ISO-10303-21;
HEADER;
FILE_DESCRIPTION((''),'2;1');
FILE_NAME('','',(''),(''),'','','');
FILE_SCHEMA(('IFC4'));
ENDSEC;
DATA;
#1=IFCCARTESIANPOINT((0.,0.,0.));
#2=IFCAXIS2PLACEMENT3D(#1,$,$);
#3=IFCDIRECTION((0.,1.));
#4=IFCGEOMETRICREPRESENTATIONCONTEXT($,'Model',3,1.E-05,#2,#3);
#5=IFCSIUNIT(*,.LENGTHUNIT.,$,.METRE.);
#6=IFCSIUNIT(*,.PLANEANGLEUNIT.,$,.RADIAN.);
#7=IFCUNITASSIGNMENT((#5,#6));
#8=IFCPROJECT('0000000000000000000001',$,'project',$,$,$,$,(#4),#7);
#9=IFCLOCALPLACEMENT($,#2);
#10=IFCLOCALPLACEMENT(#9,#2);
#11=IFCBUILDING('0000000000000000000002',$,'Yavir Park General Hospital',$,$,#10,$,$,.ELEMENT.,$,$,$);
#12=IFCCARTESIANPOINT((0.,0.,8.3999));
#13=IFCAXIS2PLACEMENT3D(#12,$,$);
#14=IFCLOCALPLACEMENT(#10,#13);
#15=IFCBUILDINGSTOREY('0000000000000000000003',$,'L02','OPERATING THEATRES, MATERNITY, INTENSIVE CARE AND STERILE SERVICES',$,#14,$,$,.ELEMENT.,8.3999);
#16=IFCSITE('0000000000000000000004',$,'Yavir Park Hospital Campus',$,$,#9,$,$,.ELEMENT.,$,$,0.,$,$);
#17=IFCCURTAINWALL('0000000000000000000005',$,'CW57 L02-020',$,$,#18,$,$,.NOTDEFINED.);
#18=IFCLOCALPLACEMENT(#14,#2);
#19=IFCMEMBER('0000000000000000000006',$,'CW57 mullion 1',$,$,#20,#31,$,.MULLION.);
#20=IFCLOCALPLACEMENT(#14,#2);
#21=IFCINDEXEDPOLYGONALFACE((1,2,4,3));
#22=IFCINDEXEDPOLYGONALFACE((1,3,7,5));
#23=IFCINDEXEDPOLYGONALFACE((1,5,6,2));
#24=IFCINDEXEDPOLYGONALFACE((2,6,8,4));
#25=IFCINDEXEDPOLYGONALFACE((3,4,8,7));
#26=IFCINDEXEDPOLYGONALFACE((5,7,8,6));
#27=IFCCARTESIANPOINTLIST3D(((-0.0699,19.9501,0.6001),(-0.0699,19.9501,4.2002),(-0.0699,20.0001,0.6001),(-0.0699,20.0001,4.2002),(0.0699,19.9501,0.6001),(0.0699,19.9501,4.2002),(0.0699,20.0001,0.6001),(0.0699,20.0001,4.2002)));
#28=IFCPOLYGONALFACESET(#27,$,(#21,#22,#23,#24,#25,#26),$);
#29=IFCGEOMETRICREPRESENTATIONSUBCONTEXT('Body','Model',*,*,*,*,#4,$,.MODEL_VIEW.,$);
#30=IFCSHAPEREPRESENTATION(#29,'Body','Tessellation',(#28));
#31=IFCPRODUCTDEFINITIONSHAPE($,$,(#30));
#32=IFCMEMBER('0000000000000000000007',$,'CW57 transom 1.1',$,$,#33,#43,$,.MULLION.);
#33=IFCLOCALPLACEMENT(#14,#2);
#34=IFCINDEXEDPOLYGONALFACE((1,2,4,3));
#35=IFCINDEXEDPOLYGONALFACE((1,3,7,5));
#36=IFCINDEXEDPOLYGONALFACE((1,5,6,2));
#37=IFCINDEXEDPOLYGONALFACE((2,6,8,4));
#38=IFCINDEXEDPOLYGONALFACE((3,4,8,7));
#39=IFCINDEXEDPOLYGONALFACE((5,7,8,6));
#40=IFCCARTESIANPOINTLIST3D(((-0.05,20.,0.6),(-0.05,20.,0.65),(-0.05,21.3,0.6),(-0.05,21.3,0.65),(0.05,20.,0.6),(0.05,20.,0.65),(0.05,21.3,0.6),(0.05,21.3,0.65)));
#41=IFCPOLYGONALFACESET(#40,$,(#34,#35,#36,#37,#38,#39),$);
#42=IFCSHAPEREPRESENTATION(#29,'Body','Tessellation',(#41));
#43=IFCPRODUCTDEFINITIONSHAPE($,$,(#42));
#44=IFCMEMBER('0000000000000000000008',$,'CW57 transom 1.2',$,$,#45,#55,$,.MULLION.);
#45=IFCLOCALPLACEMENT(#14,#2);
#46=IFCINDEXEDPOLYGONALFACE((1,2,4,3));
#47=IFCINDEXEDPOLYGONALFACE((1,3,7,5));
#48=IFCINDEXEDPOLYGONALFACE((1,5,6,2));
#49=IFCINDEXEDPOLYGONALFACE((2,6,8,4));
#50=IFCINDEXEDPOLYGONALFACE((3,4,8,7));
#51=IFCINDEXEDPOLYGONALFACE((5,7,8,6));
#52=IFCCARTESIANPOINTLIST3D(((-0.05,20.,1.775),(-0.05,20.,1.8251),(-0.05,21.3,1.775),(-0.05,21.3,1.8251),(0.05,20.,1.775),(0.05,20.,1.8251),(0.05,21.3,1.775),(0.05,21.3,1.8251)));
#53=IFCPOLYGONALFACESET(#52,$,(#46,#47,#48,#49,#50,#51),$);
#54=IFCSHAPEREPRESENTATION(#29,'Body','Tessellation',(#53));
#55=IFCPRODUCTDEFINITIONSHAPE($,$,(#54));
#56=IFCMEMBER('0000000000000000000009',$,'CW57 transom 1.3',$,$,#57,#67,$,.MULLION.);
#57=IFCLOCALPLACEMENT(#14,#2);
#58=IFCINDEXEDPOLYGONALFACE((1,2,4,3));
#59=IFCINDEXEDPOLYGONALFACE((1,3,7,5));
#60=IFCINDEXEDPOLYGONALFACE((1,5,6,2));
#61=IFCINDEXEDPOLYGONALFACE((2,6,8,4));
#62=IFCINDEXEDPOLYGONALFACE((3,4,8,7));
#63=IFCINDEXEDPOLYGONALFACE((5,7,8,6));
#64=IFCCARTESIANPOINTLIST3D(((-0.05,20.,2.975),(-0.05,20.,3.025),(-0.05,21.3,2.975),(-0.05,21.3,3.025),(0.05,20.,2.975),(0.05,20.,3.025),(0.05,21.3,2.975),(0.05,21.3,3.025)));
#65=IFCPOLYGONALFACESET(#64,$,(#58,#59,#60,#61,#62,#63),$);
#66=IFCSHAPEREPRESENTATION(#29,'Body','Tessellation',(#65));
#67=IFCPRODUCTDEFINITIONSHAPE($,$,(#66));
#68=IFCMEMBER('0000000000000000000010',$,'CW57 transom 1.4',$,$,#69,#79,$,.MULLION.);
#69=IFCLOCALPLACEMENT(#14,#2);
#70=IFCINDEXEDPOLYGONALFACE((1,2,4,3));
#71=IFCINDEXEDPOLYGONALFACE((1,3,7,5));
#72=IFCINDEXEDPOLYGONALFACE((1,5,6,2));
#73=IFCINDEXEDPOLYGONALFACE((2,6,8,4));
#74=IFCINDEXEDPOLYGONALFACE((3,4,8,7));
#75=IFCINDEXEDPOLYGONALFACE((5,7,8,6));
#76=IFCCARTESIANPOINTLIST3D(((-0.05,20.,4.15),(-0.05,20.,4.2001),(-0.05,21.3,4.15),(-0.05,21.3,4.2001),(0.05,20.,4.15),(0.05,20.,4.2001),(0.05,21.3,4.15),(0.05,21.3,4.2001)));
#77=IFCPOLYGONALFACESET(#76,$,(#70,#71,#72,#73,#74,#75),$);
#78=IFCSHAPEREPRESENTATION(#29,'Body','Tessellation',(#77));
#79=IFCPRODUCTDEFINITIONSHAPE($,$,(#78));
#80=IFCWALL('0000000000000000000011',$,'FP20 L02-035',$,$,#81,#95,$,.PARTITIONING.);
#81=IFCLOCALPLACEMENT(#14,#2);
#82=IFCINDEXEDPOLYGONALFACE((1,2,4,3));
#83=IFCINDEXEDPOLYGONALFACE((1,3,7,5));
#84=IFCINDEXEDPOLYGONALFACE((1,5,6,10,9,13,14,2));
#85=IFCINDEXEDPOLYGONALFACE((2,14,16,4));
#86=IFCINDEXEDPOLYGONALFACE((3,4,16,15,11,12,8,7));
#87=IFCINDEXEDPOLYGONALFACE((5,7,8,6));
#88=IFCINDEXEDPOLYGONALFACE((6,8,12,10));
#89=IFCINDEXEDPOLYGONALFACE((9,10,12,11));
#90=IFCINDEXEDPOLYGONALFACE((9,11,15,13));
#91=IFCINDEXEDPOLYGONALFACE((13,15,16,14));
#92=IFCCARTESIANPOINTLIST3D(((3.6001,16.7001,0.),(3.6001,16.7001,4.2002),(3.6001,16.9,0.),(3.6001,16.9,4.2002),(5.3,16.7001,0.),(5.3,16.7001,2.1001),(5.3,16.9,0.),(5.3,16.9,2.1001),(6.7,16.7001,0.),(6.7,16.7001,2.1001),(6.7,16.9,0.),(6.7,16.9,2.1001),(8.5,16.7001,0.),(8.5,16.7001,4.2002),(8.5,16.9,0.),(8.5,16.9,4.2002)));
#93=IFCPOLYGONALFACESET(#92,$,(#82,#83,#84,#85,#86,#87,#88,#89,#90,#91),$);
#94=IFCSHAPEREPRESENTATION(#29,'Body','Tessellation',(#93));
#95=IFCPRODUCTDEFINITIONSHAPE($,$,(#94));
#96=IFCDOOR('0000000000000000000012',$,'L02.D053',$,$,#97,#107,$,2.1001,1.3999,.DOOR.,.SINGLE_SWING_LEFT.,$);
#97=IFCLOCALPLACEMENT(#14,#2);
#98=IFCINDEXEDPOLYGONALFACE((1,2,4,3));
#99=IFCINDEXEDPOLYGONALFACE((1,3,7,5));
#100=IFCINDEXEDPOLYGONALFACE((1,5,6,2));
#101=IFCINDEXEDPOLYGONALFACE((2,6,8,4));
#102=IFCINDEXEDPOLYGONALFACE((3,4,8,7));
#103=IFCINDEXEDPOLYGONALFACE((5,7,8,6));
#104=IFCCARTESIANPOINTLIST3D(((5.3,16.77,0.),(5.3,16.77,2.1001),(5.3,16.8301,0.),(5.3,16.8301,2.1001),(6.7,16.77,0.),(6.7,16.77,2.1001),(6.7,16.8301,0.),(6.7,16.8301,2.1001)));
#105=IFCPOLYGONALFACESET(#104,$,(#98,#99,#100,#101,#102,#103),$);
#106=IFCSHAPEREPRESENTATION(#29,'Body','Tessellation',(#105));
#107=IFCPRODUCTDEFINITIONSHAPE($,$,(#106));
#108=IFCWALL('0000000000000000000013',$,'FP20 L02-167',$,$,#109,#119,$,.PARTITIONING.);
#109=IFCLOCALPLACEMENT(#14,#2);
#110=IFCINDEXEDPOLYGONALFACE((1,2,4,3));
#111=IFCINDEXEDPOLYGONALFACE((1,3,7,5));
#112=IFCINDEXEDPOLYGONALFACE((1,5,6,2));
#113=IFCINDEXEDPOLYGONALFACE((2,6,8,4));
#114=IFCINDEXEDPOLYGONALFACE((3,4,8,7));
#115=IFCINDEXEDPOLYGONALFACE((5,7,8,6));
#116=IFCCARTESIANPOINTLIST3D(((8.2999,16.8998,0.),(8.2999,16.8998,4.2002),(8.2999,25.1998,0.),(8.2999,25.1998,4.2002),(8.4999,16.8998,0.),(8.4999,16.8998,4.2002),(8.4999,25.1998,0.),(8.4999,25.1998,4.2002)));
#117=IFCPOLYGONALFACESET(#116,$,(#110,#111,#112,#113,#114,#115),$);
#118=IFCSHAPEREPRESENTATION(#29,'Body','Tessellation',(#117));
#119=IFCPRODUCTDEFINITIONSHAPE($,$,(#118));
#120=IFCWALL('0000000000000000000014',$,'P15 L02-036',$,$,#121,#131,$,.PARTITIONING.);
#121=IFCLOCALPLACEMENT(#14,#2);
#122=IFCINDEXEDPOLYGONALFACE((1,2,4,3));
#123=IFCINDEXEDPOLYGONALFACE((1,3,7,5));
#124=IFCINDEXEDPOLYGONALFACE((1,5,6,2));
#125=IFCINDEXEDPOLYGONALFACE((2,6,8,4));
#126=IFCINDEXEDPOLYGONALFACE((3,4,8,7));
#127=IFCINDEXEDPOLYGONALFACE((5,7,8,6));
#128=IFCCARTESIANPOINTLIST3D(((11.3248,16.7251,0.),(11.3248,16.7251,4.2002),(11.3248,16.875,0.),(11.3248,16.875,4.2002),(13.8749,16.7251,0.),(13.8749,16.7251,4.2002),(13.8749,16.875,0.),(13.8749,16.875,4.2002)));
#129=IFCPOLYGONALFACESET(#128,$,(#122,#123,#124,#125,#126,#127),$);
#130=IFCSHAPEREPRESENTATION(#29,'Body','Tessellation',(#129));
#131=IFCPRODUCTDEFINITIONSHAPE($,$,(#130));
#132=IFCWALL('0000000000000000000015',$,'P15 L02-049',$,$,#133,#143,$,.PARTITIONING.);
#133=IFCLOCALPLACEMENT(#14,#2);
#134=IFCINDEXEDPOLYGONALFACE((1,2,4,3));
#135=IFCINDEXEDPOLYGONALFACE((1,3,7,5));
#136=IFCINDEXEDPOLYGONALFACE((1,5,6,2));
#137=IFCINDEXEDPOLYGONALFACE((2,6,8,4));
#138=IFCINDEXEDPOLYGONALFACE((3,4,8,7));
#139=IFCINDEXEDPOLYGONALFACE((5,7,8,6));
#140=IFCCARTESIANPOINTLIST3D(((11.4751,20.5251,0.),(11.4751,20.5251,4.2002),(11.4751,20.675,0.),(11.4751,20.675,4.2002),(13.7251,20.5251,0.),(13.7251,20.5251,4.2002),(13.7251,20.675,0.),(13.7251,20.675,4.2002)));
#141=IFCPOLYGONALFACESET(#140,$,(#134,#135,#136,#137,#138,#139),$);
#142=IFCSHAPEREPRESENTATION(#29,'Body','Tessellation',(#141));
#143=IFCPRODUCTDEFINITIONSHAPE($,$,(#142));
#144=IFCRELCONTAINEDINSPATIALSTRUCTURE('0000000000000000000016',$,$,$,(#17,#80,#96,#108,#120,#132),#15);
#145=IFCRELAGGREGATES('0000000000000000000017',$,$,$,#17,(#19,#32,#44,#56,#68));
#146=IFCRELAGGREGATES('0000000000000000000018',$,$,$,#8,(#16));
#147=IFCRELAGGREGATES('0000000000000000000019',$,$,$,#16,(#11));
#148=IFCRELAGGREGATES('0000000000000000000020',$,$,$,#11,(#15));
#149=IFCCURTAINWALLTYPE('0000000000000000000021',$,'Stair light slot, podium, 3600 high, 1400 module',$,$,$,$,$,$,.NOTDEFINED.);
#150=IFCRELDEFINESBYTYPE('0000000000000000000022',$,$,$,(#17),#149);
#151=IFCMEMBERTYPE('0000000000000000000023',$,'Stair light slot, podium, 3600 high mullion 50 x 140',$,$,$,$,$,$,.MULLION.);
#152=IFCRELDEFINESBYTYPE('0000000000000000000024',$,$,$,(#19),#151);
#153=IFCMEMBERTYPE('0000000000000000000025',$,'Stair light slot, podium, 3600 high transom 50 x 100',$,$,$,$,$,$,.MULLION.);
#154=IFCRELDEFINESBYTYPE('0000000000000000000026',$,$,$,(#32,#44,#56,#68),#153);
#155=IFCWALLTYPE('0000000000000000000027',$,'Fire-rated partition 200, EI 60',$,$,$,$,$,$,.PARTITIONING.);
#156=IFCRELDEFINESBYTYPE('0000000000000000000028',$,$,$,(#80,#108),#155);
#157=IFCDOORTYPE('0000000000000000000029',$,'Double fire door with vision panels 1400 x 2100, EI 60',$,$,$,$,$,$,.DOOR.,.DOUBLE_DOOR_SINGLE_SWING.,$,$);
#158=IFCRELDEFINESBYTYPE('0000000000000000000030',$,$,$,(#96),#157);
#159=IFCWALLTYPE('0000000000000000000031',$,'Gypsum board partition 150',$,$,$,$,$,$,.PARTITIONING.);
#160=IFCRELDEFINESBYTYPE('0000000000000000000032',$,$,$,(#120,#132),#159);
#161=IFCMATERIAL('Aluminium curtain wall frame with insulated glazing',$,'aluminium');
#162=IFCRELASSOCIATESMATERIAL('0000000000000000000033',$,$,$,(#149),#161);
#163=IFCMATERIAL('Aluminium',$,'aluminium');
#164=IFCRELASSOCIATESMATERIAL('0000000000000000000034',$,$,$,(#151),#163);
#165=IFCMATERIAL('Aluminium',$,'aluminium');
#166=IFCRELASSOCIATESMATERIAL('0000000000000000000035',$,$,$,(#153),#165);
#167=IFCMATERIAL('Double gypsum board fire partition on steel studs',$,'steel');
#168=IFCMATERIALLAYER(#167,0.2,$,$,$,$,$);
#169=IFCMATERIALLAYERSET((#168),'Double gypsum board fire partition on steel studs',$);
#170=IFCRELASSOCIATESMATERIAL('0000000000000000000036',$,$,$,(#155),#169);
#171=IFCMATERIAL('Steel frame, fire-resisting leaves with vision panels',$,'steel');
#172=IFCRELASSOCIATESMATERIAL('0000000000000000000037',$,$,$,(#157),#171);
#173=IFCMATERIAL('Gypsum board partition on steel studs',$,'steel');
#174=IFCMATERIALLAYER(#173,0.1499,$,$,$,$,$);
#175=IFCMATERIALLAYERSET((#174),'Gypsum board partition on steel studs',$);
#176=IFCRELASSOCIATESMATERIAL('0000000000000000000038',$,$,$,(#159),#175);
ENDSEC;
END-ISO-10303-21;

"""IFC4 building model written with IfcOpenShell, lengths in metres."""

from ifc_helpers import new_model, si_unit, direction, frame, frame_2d, origin, origin_2d, place, context, subcontext, project, spatial, rectangle, extrude, material, layer, layer_set, material_profile, profile_set, type_object, element, fill, aggregate, save


model = new_model("IFC4")

# Units and contexts
model_context = context("Model", 3, precision=1e-05, world=origin(), true_north=direction((0.0, 1.0)))
body_context = subcontext(model_context, "Body", "Model", "MODEL_VIEW")
ifc_project = project(units=[si_unit("LENGTHUNIT", "METRE"), si_unit("PLANEANGLEUNIT", "RADIAN")], contexts=[model_context])

# Site, building, storey
site_placement = place(None, origin())
site = spatial("IfcSite", under=ifc_project, at=site_placement, Name="Yavir Park Hospital Campus", CompositionType="ELEMENT", RefElevation=0.0)
building_placement = place(site_placement, origin())
building = spatial("IfcBuilding", under=site, at=building_placement, Name="Yavir Park General Hospital", CompositionType="ELEMENT")
storey_placement = place(building_placement, frame((0.0, 0.0, 8.3999)))
storey = spatial("IfcBuildingStorey", under=building, at=storey_placement, Name="L02", Description="OPERATING THEATRES, MATERNITY, INTENSIVE CARE AND STERILE SERVICES", CompositionType="ELEMENT", Elevation=8.3999)

# Curtain wall, members
ifc_material_1 = material(Name="Aluminium curtain wall frame with insulated glazing", Category="aluminium")
curtain_wall_type = type_object("IfcCurtainWallType", Name="Stair light slot, podium, 3600 high, 1400 module", PredefinedType="NOTDEFINED", material=ifc_material_1)
curtain_wall_placement = place(storey_placement, origin())
curtain_wall = element("IfcCurtainWall", 1, at=curtain_wall_placement, inside=storey, type_object=curtain_wall_type, Name="CW57 L02-020", PredefinedType="NOTDEFINED")
ifc_material_2 = material(Name="Aluminium", Category="aluminium")
ifc_material_profile_1 = material_profile(ifc_material_2, rectangle(XDim=0.1399, YDim=0.05, at=origin_2d()), Name="AL 50x140")
ifc_profile_set_1 = profile_set([ifc_material_profile_1], Name="Aluminium")
member_type_1 = type_object("IfcMemberType", Name="Stair light slot, podium, 3600 high mullion 50 x 140", PredefinedType="MULLION", material=ifc_profile_set_1)
member_1_placement = place(storey_placement, frame((0.0, 19.9751, 0.6001), z_axis=(0.0, 0.0, 1.0), x_axis=(-1.0, 0.0, 0.0)))
member_1 = element("IfcMember", 2, at=member_1_placement, type_object=member_type_1, Name="CW57 mullion 1", PredefinedType="MULLION", context=body_context, shape_type="SweptSolid", body=[
    extrude(rectangle(XDim=0.1399, YDim=0.05, at=origin_2d()), origin(), (0.0, 0.0, 1.0), 3.6001),
])
ifc_material_3 = material(Name="Aluminium", Category="aluminium")
ifc_material_profile_2 = material_profile(ifc_material_3, rectangle(XDim=0.1001, YDim=0.05, at=origin_2d()), Name="AL 100x50")
ifc_profile_set_2 = profile_set([ifc_material_profile_2], Name="Aluminium")
member_type_2 = type_object("IfcMemberType", Name="Stair light slot, podium, 3600 high transom 50 x 100", PredefinedType="MULLION", material=ifc_profile_set_2)
member_2_placement = place(storey_placement, frame((0.0, 20.0, 0.625), z_axis=(0.0, 1.0, 0.0), x_axis=(-1.0, 0.0, 0.0)))
member_2 = element("IfcMember", 3, at=member_2_placement, type_object=member_type_2, Name="CW57 transom 1.1", PredefinedType="MULLION", context=body_context, shape_type="SweptSolid", body=[
    extrude(rectangle(XDim=0.1001, YDim=0.05, at=origin_2d()), origin(), (0.0, 0.0, 1.0), 1.3),
])
member_3_placement = place(storey_placement, frame((0.0, 20.0, 1.8), z_axis=(0.0, 1.0, 0.0), x_axis=(-1.0, 0.0, 0.0)))
member_3 = element("IfcMember", 4, at=member_3_placement, type_object=member_type_2, Name="CW57 transom 1.2", PredefinedType="MULLION", context=body_context, shape_type="SweptSolid", body=[
    extrude(rectangle(XDim=0.1001, YDim=0.05, at=origin_2d()), origin(), (0.0, 0.0, 1.0), 1.3),
])
member_4_placement = place(storey_placement, frame((0.0, 20.0, 3.0), z_axis=(0.0, 1.0, 0.0), x_axis=(-1.0, 0.0, 0.0)))
member_4 = element("IfcMember", 5, at=member_4_placement, type_object=member_type_2, Name="CW57 transom 1.3", PredefinedType="MULLION", context=body_context, shape_type="SweptSolid", body=[
    extrude(rectangle(XDim=0.1001, YDim=0.05, at=origin_2d()), origin(), (0.0, 0.0, 1.0), 1.3),
])
member_5_placement = place(storey_placement, frame((0.0, 20.0, 4.175), z_axis=(0.0, 1.0, 0.0), x_axis=(-1.0, 0.0, 0.0)))
member_5 = element("IfcMember", 6, at=member_5_placement, type_object=member_type_2, Name="CW57 transom 1.4", PredefinedType="MULLION", context=body_context, shape_type="SweptSolid", body=[
    extrude(rectangle(XDim=0.1001, YDim=0.05, at=origin_2d()), origin(), (0.0, 0.0, 1.0), 1.3),
])
aggregate(curtain_wall, [member_1, member_2, member_3, member_4, member_5])

# Wall, opening, door
ifc_material_4 = material(Name="Double gypsum board fire partition on steel studs", Category="steel")
ifc_layer_1 = layer(ifc_material_4, 0.2)
ifc_layer_set_1 = layer_set([ifc_layer_1], Name="Double gypsum board fire partition on steel studs")
wall_type_1 = type_object("IfcWallType", Name="Fire-rated partition 200, EI 60", PredefinedType="PARTITIONING", material=ifc_layer_set_1)
wall_1_placement = place(storey_placement, frame((3.6001, 16.8, 0.0), z_axis=(0.0, 0.0, 1.0), x_axis=(1.0, 0.0, 0.0)))
wall_1 = element("IfcWall", 7, at=wall_1_placement, inside=storey, type_object=wall_type_1, Name="FP20 L02-035", PredefinedType="PARTITIONING", context=body_context, shape_type="SweptSolid", body=[
    extrude(rectangle(XDim=4.8999, YDim=0.2, at=frame_2d((2.45, 0.0))), origin(), (0.0, 0.0, 1.0), 4.2002),
])
opening_1_placement = place(wall_1_placement, frame((1.7, 0.0, 0.0)))
opening_1 = element("IfcOpeningElement", 8, at=opening_1_placement, cuts=wall_1, PredefinedType="OPENING", context=body_context, shape_type="SweptSolid", body=[
    extrude(rectangle(XDim=1.3999, YDim=2.1001, at=frame_2d((0.7, 1.05))), frame((0.0, 0.1099, 0.0), z_axis=(0.0, -1.0, 0.0), x_axis=(1.0, 0.0, 0.0)), (0.0, 0.0, 1.0), 0.22),
])
ifc_material_5 = material(Name="Steel frame, fire-resisting leaves with vision panels", Category="steel")
door_type_1 = type_object("IfcDoorType", Name="Double fire door with vision panels 1400 x 2100, EI 60", OperationType="DOUBLE_DOOR_SINGLE_SWING", PredefinedType="DOOR", material=ifc_material_5)
door_1_placement = place(opening_1_placement, origin())
door_1 = element("IfcDoor", 9, at=door_1_placement, inside=storey, type_object=door_type_1, Name="L02.D053", OperationType="SINGLE_SWING_LEFT", OverallHeight=2.1001, OverallWidth=1.3999, PredefinedType="DOOR", context=body_context, shape_type="SweptSolid", body=[
    extrude(rectangle(XDim=1.3999, YDim=2.1001, at=frame_2d((0.7, 1.05))), frame((0.0, 0.03, 0.0), z_axis=(0.0, -1.0, 0.0), x_axis=(1.0, 0.0, 0.0)), (0.0, 0.0, 1.0), 0.0601),
])
fill(opening_1, door_1)

# Walls
wall_2_placement = place(storey_placement, frame((8.3999, 16.8999, 0.0), z_axis=(0.0, 0.0, 1.0), x_axis=(0.0, 1.0, 0.0)))
element("IfcWall", 10, at=wall_2_placement, inside=storey, type_object=wall_type_1, Name="FP20 L02-167", PredefinedType="PARTITIONING", context=body_context, shape_type="SweptSolid", body=[
    extrude(rectangle(XDim=8.3, YDim=0.2, at=frame_2d((4.1499, 0.0))), origin(), (0.0, 0.0, 1.0), 4.2002),
])
ifc_material_6 = material(Name="Gypsum board partition on steel studs", Category="steel")
ifc_layer_2 = layer(ifc_material_6, 0.1499)
ifc_layer_set_2 = layer_set([ifc_layer_2], Name="Gypsum board partition on steel studs")
wall_type_2 = type_object("IfcWallType", Name="Gypsum board partition 150", PredefinedType="PARTITIONING", material=ifc_layer_set_2)
wall_3_placement = place(storey_placement, frame((11.325, 16.8, 0.0), z_axis=(0.0, 0.0, 1.0), x_axis=(1.0, 0.0, 0.0)))
element("IfcWall", 11, at=wall_3_placement, inside=storey, type_object=wall_type_2, Name="P15 L02-036", PredefinedType="PARTITIONING", context=body_context, shape_type="SweptSolid", body=[
    extrude(rectangle(XDim=2.55, YDim=0.1499, at=frame_2d((1.2749, 0.0))), origin(), (0.0, 0.0, 1.0), 4.2002),
])
wall_4_placement = place(storey_placement, frame((11.4751, 20.6001, 0.0), z_axis=(0.0, 0.0, 1.0), x_axis=(1.0, 0.0, 0.0)))
element("IfcWall", 12, at=wall_4_placement, inside=storey, type_object=wall_type_2, Name="P15 L02-049", PredefinedType="PARTITIONING", context=body_context, shape_type="SweptSolid", body=[
    extrude(rectangle(XDim=2.25, YDim=0.1499, at=frame_2d((1.125, 0.0))), origin(), (0.0, 0.0, 1.0), 4.2002),
])

save(model, "model.ifc")
